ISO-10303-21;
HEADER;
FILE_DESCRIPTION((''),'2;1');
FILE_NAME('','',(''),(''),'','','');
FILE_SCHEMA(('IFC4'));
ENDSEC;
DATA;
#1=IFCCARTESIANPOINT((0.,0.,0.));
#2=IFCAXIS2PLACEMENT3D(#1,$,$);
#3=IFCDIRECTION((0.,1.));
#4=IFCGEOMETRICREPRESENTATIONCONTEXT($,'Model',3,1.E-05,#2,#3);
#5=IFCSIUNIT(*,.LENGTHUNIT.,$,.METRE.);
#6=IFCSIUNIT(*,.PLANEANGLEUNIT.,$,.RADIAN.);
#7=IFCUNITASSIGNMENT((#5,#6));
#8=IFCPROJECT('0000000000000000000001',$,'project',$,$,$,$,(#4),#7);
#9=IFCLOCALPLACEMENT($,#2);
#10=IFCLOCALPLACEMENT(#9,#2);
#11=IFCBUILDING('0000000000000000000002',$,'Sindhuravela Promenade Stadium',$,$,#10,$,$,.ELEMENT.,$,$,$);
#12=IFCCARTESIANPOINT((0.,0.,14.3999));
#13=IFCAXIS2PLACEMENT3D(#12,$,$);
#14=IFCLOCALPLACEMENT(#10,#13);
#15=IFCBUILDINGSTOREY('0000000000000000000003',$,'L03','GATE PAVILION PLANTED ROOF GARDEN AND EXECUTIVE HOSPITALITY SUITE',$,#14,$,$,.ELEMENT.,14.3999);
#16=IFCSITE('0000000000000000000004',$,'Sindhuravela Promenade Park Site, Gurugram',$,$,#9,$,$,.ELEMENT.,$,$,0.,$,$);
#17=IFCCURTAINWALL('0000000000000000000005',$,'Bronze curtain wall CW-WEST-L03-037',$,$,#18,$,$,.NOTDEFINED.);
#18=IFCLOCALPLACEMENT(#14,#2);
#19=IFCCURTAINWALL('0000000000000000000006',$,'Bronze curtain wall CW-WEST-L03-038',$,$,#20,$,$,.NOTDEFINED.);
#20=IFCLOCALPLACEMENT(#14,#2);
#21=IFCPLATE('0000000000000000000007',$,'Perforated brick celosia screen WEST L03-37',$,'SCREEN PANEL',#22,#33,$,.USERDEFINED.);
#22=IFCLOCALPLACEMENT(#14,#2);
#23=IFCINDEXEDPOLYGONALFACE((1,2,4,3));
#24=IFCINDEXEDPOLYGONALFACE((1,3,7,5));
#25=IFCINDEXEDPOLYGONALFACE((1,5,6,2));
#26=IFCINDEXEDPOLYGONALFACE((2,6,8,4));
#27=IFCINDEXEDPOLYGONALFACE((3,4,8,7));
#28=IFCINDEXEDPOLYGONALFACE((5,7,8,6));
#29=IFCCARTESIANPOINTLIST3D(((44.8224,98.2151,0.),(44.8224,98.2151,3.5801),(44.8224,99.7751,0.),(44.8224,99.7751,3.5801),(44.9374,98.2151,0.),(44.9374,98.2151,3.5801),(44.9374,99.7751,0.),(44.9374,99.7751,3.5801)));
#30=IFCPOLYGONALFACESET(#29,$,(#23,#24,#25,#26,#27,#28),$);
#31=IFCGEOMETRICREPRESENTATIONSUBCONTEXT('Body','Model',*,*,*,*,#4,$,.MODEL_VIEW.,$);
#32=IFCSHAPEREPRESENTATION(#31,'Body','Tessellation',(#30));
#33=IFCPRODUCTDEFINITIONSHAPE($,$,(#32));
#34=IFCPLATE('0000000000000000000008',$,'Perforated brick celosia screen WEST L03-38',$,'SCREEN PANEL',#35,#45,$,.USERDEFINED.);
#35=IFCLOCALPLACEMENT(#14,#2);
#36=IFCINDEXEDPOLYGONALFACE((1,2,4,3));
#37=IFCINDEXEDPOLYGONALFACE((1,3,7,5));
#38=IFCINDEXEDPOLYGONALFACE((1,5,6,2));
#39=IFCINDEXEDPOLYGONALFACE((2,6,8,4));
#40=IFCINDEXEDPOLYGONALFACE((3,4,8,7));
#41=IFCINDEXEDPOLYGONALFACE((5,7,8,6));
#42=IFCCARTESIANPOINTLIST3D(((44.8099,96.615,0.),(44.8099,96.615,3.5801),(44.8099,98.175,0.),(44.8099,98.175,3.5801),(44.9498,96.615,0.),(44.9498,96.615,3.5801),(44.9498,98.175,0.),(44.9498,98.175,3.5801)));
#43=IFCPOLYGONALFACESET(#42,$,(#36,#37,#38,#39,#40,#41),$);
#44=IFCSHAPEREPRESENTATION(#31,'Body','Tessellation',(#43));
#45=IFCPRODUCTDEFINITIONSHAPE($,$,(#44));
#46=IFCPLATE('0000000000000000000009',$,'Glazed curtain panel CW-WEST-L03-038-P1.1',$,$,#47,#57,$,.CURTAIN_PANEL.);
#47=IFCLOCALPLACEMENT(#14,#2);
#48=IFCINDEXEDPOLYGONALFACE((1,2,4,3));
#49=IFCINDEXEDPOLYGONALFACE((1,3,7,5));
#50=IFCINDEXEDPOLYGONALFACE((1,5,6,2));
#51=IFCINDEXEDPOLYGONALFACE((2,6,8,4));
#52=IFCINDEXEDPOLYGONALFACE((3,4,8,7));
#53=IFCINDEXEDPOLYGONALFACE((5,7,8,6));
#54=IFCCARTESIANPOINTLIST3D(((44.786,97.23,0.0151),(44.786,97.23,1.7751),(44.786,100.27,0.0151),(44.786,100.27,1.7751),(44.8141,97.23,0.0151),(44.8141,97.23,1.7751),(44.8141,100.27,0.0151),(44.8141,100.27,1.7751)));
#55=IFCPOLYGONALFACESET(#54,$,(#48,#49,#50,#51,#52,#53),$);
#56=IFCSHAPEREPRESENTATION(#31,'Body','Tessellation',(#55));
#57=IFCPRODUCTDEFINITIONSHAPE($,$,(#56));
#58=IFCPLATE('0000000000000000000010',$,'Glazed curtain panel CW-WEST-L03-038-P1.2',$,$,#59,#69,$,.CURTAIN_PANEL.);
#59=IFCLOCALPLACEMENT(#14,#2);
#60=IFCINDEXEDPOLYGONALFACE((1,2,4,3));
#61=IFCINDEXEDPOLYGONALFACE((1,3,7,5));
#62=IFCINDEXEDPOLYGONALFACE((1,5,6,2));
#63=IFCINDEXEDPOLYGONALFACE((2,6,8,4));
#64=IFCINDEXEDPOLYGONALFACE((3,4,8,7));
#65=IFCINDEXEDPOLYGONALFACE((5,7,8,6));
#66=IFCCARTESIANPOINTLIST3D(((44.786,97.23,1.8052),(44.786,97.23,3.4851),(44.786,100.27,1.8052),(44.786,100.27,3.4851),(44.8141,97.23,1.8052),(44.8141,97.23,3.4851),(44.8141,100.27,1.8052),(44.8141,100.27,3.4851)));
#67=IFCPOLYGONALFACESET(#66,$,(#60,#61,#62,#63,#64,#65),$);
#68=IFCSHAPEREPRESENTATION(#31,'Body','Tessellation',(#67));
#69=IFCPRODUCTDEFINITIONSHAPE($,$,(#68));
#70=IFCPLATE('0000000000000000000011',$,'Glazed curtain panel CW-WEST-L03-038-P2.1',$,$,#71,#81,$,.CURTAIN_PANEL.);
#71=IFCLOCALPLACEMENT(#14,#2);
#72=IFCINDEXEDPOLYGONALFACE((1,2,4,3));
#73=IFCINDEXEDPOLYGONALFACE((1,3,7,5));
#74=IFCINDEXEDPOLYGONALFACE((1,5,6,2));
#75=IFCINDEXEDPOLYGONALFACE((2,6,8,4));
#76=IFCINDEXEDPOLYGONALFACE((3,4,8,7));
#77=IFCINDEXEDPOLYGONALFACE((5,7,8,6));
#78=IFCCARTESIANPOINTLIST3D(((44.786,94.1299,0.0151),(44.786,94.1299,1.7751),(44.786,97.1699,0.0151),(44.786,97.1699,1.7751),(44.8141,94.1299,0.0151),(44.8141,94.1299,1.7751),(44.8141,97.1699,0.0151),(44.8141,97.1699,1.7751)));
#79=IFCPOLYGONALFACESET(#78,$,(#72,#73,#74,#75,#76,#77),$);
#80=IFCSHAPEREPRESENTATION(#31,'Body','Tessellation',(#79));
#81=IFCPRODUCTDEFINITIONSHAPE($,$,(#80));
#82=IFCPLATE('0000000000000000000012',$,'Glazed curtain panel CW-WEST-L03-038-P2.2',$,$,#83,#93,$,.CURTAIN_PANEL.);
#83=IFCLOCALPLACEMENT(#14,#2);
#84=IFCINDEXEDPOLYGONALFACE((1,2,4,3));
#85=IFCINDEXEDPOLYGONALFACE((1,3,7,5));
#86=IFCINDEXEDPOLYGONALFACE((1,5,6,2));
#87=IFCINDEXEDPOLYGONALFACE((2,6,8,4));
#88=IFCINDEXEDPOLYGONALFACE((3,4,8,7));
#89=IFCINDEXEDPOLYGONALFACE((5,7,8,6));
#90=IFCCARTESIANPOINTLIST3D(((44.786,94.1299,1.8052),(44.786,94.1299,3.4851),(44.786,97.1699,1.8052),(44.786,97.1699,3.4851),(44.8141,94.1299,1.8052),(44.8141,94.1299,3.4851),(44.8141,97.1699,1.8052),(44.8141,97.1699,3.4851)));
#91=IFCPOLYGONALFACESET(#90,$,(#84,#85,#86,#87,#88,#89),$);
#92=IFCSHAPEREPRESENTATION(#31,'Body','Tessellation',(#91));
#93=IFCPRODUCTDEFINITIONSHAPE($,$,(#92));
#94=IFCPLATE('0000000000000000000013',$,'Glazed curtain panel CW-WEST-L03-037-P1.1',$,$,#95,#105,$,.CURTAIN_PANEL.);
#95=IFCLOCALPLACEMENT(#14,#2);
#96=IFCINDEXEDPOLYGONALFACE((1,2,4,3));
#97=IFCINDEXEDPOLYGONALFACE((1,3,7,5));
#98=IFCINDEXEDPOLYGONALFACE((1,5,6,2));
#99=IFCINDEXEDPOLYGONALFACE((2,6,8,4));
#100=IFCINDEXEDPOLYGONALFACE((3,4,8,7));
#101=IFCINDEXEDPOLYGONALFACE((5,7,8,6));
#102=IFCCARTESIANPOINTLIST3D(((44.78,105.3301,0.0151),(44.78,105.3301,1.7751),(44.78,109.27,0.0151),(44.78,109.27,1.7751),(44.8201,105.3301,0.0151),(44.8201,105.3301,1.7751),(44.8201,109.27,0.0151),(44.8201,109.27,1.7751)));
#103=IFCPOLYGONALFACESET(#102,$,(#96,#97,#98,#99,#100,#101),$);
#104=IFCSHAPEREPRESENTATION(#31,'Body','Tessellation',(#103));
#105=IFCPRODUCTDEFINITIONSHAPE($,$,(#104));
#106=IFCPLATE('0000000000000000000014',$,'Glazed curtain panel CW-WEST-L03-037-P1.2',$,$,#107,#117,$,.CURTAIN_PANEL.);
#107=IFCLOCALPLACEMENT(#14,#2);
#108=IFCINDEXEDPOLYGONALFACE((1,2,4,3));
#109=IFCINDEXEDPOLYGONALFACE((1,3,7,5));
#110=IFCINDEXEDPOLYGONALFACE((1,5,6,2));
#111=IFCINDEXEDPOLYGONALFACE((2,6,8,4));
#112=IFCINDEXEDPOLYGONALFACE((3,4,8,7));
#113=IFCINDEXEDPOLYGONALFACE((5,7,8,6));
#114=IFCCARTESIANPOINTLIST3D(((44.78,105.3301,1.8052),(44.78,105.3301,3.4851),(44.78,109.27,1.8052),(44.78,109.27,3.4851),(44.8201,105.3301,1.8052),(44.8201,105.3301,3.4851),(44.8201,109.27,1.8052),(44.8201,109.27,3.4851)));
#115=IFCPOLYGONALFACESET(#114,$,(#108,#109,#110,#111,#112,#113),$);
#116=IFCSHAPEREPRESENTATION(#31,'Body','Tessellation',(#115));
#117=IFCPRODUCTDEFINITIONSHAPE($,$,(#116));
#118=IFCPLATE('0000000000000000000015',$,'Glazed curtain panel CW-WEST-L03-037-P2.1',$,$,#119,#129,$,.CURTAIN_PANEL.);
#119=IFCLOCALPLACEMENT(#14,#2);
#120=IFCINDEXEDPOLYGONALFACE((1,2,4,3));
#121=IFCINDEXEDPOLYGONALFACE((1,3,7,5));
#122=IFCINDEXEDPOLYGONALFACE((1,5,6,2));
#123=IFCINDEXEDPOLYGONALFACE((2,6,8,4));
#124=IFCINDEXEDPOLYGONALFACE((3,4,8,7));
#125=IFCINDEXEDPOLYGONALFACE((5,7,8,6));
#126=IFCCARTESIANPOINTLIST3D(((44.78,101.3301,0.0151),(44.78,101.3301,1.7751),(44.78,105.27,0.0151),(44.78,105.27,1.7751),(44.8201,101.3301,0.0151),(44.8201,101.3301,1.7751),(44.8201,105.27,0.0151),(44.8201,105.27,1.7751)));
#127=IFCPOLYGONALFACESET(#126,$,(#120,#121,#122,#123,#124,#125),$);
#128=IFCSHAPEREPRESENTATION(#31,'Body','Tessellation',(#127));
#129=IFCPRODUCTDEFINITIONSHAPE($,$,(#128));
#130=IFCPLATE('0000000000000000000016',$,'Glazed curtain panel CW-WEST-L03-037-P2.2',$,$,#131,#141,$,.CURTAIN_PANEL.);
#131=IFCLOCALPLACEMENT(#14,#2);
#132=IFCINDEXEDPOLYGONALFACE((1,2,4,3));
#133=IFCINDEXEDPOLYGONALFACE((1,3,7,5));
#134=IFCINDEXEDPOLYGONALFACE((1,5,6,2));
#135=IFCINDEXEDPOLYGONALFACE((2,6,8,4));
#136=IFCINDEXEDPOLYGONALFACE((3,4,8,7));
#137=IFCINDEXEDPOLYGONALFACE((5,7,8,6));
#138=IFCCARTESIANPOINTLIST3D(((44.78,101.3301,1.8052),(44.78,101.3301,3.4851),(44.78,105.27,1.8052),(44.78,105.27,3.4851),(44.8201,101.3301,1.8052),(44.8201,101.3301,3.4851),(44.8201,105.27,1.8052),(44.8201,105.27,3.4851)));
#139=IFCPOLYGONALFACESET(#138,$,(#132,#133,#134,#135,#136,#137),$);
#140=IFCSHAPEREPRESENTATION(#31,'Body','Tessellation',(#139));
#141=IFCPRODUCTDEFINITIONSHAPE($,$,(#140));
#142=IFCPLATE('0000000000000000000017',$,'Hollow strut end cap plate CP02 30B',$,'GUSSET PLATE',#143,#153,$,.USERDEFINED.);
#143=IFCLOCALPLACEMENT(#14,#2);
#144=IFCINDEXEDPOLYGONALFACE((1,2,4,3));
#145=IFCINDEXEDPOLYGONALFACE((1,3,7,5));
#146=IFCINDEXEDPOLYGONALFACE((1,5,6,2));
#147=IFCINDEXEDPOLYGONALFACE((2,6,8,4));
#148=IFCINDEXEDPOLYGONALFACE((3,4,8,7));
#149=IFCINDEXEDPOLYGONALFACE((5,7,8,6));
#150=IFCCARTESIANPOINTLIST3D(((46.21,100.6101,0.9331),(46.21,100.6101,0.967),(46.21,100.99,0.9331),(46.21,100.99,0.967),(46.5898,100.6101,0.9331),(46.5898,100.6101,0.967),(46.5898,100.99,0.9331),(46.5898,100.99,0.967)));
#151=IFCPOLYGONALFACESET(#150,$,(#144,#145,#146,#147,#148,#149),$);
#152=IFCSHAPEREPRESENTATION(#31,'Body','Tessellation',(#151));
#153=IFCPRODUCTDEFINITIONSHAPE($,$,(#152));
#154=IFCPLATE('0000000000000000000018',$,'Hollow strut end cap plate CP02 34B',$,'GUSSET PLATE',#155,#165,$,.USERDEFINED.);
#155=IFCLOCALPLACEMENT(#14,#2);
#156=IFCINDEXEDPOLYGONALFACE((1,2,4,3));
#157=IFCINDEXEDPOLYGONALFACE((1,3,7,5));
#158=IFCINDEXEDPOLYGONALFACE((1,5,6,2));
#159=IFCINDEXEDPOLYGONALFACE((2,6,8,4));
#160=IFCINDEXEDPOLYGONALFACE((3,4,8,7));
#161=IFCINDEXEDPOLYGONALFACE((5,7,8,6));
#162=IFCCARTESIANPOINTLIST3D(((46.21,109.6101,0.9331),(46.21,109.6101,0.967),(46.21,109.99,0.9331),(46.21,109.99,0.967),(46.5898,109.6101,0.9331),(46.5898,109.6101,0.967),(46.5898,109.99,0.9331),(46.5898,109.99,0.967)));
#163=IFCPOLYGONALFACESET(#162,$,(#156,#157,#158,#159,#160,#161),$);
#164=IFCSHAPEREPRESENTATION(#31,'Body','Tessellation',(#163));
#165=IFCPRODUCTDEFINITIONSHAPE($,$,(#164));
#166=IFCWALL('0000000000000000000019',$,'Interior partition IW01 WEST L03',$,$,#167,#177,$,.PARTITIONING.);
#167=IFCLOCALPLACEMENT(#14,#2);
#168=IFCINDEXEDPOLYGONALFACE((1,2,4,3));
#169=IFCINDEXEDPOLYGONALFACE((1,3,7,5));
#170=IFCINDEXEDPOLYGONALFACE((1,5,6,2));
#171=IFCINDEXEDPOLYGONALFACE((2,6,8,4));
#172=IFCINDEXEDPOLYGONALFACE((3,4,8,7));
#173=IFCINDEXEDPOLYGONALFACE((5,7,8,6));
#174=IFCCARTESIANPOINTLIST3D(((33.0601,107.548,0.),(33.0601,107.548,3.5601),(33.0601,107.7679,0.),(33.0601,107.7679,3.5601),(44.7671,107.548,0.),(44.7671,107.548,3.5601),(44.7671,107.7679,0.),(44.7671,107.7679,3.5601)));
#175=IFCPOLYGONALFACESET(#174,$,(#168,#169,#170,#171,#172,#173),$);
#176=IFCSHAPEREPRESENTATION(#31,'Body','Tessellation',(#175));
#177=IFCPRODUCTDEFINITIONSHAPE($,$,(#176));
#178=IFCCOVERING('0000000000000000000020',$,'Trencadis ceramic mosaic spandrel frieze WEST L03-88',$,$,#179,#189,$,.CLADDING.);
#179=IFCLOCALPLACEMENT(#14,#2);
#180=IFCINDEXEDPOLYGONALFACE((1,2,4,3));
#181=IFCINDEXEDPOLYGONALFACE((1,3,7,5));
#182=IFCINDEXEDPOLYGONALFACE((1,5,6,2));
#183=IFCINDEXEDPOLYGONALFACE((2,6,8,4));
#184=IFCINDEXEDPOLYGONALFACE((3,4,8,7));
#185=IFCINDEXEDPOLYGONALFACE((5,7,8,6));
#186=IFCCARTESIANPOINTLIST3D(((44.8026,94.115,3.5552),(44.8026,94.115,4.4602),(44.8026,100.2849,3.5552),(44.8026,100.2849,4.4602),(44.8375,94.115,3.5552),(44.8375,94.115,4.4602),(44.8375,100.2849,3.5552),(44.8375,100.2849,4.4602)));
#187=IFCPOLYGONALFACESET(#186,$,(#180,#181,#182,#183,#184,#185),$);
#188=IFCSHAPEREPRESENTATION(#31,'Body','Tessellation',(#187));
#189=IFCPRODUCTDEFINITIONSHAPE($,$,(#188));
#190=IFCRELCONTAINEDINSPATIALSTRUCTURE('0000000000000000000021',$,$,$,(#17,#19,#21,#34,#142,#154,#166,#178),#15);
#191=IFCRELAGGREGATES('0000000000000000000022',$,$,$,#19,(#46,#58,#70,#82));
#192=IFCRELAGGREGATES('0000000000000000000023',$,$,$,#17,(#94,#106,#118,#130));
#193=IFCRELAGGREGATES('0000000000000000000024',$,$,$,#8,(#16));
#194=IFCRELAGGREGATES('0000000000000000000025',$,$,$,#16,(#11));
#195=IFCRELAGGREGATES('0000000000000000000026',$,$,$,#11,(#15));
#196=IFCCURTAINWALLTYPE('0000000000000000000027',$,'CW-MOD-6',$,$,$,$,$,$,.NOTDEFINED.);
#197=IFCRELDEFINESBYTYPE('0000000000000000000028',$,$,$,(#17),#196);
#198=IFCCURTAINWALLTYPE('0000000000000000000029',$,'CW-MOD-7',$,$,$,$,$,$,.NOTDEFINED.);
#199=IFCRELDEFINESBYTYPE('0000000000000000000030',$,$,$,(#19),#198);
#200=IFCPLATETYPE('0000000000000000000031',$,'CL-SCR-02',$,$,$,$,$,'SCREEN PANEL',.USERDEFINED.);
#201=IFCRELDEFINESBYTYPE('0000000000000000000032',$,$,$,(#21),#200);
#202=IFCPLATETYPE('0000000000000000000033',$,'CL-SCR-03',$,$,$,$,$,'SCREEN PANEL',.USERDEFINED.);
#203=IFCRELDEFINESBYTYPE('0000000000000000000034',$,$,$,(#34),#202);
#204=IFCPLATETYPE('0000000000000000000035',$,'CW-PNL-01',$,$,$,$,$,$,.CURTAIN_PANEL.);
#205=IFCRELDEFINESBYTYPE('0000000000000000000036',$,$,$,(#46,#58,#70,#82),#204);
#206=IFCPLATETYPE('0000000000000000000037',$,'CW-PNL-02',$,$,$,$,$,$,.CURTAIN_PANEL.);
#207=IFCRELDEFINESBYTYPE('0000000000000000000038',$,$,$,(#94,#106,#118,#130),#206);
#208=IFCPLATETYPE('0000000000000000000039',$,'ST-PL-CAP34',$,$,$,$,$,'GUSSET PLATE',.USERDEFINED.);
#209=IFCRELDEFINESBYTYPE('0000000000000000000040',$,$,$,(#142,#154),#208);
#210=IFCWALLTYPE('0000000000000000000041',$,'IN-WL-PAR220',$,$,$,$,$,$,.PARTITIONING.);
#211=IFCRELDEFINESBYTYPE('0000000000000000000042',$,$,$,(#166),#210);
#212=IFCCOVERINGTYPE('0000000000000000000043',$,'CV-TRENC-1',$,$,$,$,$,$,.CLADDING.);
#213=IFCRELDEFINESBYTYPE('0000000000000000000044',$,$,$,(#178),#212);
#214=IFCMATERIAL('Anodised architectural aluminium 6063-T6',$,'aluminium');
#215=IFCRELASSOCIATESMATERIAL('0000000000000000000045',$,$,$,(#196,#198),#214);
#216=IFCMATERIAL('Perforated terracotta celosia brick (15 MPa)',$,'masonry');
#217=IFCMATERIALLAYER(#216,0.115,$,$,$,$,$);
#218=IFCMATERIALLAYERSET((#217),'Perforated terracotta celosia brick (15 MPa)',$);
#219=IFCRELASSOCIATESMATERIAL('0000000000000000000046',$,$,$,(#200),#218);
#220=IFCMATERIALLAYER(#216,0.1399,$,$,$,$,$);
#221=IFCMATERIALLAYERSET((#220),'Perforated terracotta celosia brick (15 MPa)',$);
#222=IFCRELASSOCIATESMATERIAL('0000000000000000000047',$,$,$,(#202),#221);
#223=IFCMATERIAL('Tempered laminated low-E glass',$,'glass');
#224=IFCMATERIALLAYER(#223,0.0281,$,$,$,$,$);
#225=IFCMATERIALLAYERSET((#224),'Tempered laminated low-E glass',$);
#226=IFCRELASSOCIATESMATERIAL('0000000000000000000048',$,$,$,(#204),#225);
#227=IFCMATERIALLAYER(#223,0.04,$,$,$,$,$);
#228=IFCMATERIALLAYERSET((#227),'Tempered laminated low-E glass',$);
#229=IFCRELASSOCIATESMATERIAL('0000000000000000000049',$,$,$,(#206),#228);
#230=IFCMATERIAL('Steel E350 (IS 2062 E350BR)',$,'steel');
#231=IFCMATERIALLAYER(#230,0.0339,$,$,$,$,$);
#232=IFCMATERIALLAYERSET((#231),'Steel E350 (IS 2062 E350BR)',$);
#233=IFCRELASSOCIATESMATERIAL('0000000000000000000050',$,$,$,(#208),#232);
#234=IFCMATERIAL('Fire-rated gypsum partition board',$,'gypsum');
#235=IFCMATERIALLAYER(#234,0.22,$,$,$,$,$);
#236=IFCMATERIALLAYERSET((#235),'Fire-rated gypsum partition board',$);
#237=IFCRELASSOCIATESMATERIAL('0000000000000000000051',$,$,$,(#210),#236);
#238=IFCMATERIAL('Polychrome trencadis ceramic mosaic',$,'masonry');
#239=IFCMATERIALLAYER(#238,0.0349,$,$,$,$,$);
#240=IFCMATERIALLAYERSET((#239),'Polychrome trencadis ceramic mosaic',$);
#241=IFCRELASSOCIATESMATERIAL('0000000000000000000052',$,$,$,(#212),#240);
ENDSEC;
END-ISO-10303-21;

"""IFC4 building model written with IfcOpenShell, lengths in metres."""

from ifc_helpers import new_model, si_unit, direction, frame, frame_2d, origin, origin_2d, place, context, subcontext, project, spatial, rectangle, extrude, material, layer, layer_set, type_object, element, aggregate, save


model = new_model("IFC4")

# Units and contexts
model_context = context("Model", 3, precision=1e-05, world=origin(), true_north=direction((0.0, 1.0)))
body_context = subcontext(model_context, "Body", "Model", "MODEL_VIEW")
ifc_project = project(units=[si_unit("LENGTHUNIT", "METRE"), si_unit("PLANEANGLEUNIT", "RADIAN")], contexts=[model_context])

# Site, building, storey
site_placement = place(None, origin())
site = spatial("IfcSite", under=ifc_project, at=site_placement, Name="Sindhuravela Promenade Park Site, Gurugram", CompositionType="ELEMENT", RefElevation=0.0)
building_placement = place(site_placement, origin())
building = spatial("IfcBuilding", under=site, at=building_placement, Name="Sindhuravela Promenade Stadium", CompositionType="ELEMENT")
storey_placement = place(building_placement, frame((0.0, 0.0, 14.3999)))
storey = spatial("IfcBuildingStorey", under=building, at=storey_placement, Name="L03", Description="GATE PAVILION PLANTED ROOF GARDEN AND EXECUTIVE HOSPITALITY SUITE", CompositionType="ELEMENT", Elevation=14.3999)

# Curtain walls
ifc_material_1 = material(Name="Anodised architectural aluminium 6063-T6", Category="aluminium")
curtain_wall_type_1 = type_object("IfcCurtainWallType", Name="CW-MOD-6", PredefinedType="NOTDEFINED", material=ifc_material_1)
curtain_wall_1_placement = place(storey_placement, origin())
curtain_wall_1 = element("IfcCurtainWall", 1, at=curtain_wall_1_placement, inside=storey, type_object=curtain_wall_type_1, Name="Bronze curtain wall CW-WEST-L03-037", PredefinedType="NOTDEFINED")
curtain_wall_type_2 = type_object("IfcCurtainWallType", Name="CW-MOD-7", PredefinedType="NOTDEFINED", material=ifc_material_1)
curtain_wall_2_placement = place(storey_placement, origin())
curtain_wall_2 = element("IfcCurtainWall", 2, at=curtain_wall_2_placement, inside=storey, type_object=curtain_wall_type_2, Name="Bronze curtain wall CW-WEST-L03-038", PredefinedType="NOTDEFINED")

# Plates
ifc_material_2 = material(Name="Perforated terracotta celosia brick (15 MPa)", Category="masonry")
ifc_layer_1 = layer(ifc_material_2, 0.115)
ifc_layer_set_1 = layer_set([ifc_layer_1], Name="Perforated terracotta celosia brick (15 MPa)")
plate_type_1 = type_object("IfcPlateType", Name="CL-SCR-02", ElementType="SCREEN PANEL", PredefinedType="USERDEFINED", material=ifc_layer_set_1)
plate_1_placement = place(storey_placement, frame((44.8799, 98.9951, 0.0), z_axis=(0.0, 0.0, 1.0), x_axis=(0.0, -1.0, 0.0)))
element("IfcPlate", 3, at=plate_1_placement, inside=storey, type_object=plate_type_1, Name="Perforated brick celosia screen WEST L03-37", ObjectType="SCREEN PANEL", PredefinedType="USERDEFINED", context=body_context, shape_type="SweptSolid", body=[
    extrude(rectangle(XDim=1.5601, YDim=0.115, at=origin_2d()), origin(), (0.0, 0.0, 1.0), 3.5801),
])
ifc_layer_2 = layer(ifc_material_2, 0.1399)
ifc_layer_set_2 = layer_set([ifc_layer_2], Name="Perforated terracotta celosia brick (15 MPa)")
plate_type_2 = type_object("IfcPlateType", Name="CL-SCR-03", ElementType="SCREEN PANEL", PredefinedType="USERDEFINED", material=ifc_layer_set_2)
plate_2_placement = place(storey_placement, frame((44.8799, 97.395, 0.0), z_axis=(0.0, 0.0, 1.0), x_axis=(0.0, -1.0, 0.0)))
element("IfcPlate", 4, at=plate_2_placement, inside=storey, type_object=plate_type_2, Name="Perforated brick celosia screen WEST L03-38", ObjectType="SCREEN PANEL", PredefinedType="USERDEFINED", context=body_context, shape_type="SweptSolid", body=[
    extrude(rectangle(XDim=1.5601, YDim=0.1399, at=origin_2d()), origin(), (0.0, 0.0, 1.0), 3.5801),
])

# Plates
ifc_material_3 = material(Name="Tempered laminated low-E glass", Category="glass")
ifc_layer_3 = layer(ifc_material_3, 0.0281)
ifc_layer_set_3 = layer_set([ifc_layer_3], Name="Tempered laminated low-E glass")
plate_type_3 = type_object("IfcPlateType", Name="CW-PNL-01", PredefinedType="CURTAIN_PANEL", material=ifc_layer_set_3)
plate_3_placement = place(storey_placement, frame((44.8, 98.75, 0.0151), z_axis=(0.0, 0.0, 1.0), x_axis=(0.0, -1.0, 0.0)))
plate_3 = element("IfcPlate", 5, at=plate_3_placement, type_object=plate_type_3, Name="Glazed curtain panel CW-WEST-L03-038-P1.1", PredefinedType="CURTAIN_PANEL", context=body_context, shape_type="SweptSolid", body=[
    extrude(rectangle(XDim=3.04, YDim=0.0281, at=origin_2d()), origin(), (0.0, 0.0, 1.0), 1.76),
])
plate_4_placement = place(storey_placement, frame((44.8, 98.75, 1.8052), z_axis=(0.0, 0.0, 1.0), x_axis=(0.0, -1.0, 0.0)))
plate_4 = element("IfcPlate", 6, at=plate_4_placement, type_object=plate_type_3, Name="Glazed curtain panel CW-WEST-L03-038-P1.2", PredefinedType="CURTAIN_PANEL", context=body_context, shape_type="SweptSolid", body=[
    extrude(rectangle(XDim=3.04, YDim=0.0281, at=origin_2d()), origin(), (0.0, 0.0, 1.0), 1.6799),
])
plate_5_placement = place(storey_placement, frame((44.8, 95.6499, 0.0151), z_axis=(0.0, 0.0, 1.0), x_axis=(0.0, -1.0, 0.0)))
plate_5 = element("IfcPlate", 7, at=plate_5_placement, type_object=plate_type_3, Name="Glazed curtain panel CW-WEST-L03-038-P2.1", PredefinedType="CURTAIN_PANEL", context=body_context, shape_type="SweptSolid", body=[
    extrude(rectangle(XDim=3.04, YDim=0.0281, at=origin_2d()), origin(), (0.0, 0.0, 1.0), 1.76),
])
plate_6_placement = place(storey_placement, frame((44.8, 95.6499, 1.8052), z_axis=(0.0, 0.0, 1.0), x_axis=(0.0, -1.0, 0.0)))
plate_6 = element("IfcPlate", 8, at=plate_6_placement, type_object=plate_type_3, Name="Glazed curtain panel CW-WEST-L03-038-P2.2", PredefinedType="CURTAIN_PANEL", context=body_context, shape_type="SweptSolid", body=[
    extrude(rectangle(XDim=3.04, YDim=0.0281, at=origin_2d()), origin(), (0.0, 0.0, 1.0), 1.6799),
])
aggregate(curtain_wall_2, [plate_3, plate_4, plate_5, plate_6])
ifc_layer_4 = layer(ifc_material_3, 0.04)
ifc_layer_set_4 = layer_set([ifc_layer_4], Name="Tempered laminated low-E glass")
plate_type_4 = type_object("IfcPlateType", Name="CW-PNL-02", PredefinedType="CURTAIN_PANEL", material=ifc_layer_set_4)
plate_7_placement = place(storey_placement, frame((44.8, 107.3, 0.0151), z_axis=(0.0, 0.0, 1.0), x_axis=(0.0, -1.0, 0.0)))
plate_7 = element("IfcPlate", 9, at=plate_7_placement, type_object=plate_type_4, Name="Glazed curtain panel CW-WEST-L03-037-P1.1", PredefinedType="CURTAIN_PANEL", context=body_context, shape_type="SweptSolid", body=[
    extrude(rectangle(XDim=3.9399, YDim=0.04, at=origin_2d()), origin(), (0.0, 0.0, 1.0), 1.76),
])
plate_8_placement = place(storey_placement, frame((44.8, 107.3, 1.8052), z_axis=(0.0, 0.0, 1.0), x_axis=(0.0, -1.0, 0.0)))
plate_8 = element("IfcPlate", 10, at=plate_8_placement, type_object=plate_type_4, Name="Glazed curtain panel CW-WEST-L03-037-P1.2", PredefinedType="CURTAIN_PANEL", context=body_context, shape_type="SweptSolid", body=[
    extrude(rectangle(XDim=3.9399, YDim=0.04, at=origin_2d()), origin(), (0.0, 0.0, 1.0), 1.6799),
])
plate_9_placement = place(storey_placement, frame((44.8, 103.3, 0.0151), z_axis=(0.0, 0.0, 1.0), x_axis=(0.0, -1.0, 0.0)))
plate_9 = element("IfcPlate", 11, at=plate_9_placement, type_object=plate_type_4, Name="Glazed curtain panel CW-WEST-L03-037-P2.1", PredefinedType="CURTAIN_PANEL", context=body_context, shape_type="SweptSolid", body=[
    extrude(rectangle(XDim=3.9399, YDim=0.04, at=origin_2d()), origin(), (0.0, 0.0, 1.0), 1.76),
])
plate_10_placement = place(storey_placement, frame((44.8, 103.3, 1.8052), z_axis=(0.0, 0.0, 1.0), x_axis=(0.0, -1.0, 0.0)))
plate_10 = element("IfcPlate", 12, at=plate_10_placement, type_object=plate_type_4, Name="Glazed curtain panel CW-WEST-L03-037-P2.2", PredefinedType="CURTAIN_PANEL", context=body_context, shape_type="SweptSolid", body=[
    extrude(rectangle(XDim=3.9399, YDim=0.04, at=origin_2d()), origin(), (0.0, 0.0, 1.0), 1.6799),
])
aggregate(curtain_wall_1, [plate_7, plate_8, plate_9, plate_10])

# Plates
ifc_material_4 = material(Name="Steel E350 (IS 2062 E350BR)", Category="steel")
ifc_layer_5 = layer(ifc_material_4, 0.0339)
ifc_layer_set_5 = layer_set([ifc_layer_5], Name="Steel E350 (IS 2062 E350BR)")
plate_type_5 = type_object("IfcPlateType", Name="ST-PL-CAP34", ElementType="GUSSET PLATE", PredefinedType="USERDEFINED", material=ifc_layer_set_5)
for number, where, z_axis, x_axis, name in (
    (13, (46.3999, 100.8, 0.9331), (0.0, 0.0, 1.0), (1.0, 0.0, 0.0), "Hollow strut end cap plate CP02 30B"),
    (14, (46.3999, 109.8, 0.9331), (0.0, 0.0, 1.0), (1.0, 0.0, 0.0), "Hollow strut end cap plate CP02 34B"),
):
    element("IfcPlate", number, at=place(storey_placement, frame(where, z_axis=z_axis, x_axis=x_axis)), inside=storey, type_object=plate_type_5, Name=name, ObjectType="GUSSET PLATE", PredefinedType="USERDEFINED", context=body_context, shape_type="SweptSolid", body=[
        extrude(rectangle(XDim=0.3799, YDim=0.3799, at=origin_2d()), origin(), (0.0, 0.0, 1.0), 0.0339),
    ])

# Wall
ifc_material_5 = material(Name="Fire-rated gypsum partition board", Category="gypsum")
ifc_layer_6 = layer(ifc_material_5, 0.22)
ifc_layer_set_6 = layer_set([ifc_layer_6], Name="Fire-rated gypsum partition board")
wall_type = type_object("IfcWallType", Name="IN-WL-PAR220", PredefinedType="PARTITIONING", material=ifc_layer_set_6)
wall_placement = place(storey_placement, frame((44.7671, 107.658, 0.0), z_axis=(0.0, 0.0, 1.0), x_axis=(-1.0, 0.0, 0.0)))
element("IfcWall", 15, at=wall_placement, inside=storey, type_object=wall_type, Name="Interior partition IW01 WEST L03", PredefinedType="PARTITIONING", context=body_context, shape_type="SweptSolid", body=[
    extrude(rectangle(XDim=11.707, YDim=0.22, at=frame_2d((5.8535, 0.0))), origin(), (0.0, 0.0, 1.0), 3.5601),
])

# Covering
ifc_material_6 = material(Name="Polychrome trencadis ceramic mosaic", Category="masonry")
ifc_layer_7 = layer(ifc_material_6, 0.0349)
ifc_layer_set_7 = layer_set([ifc_layer_7], Name="Polychrome trencadis ceramic mosaic")
covering_type_1 = type_object("IfcCoveringType", Name="CV-TRENC-1", PredefinedType="CLADDING", material=ifc_layer_set_7)
covering_1_placement = place(storey_placement, frame((44.8201, 97.2, 3.5552), z_axis=(0.0, 0.0, 1.0), x_axis=(0.0, -1.0, 0.0)))
element("IfcCovering", 16, at=covering_1_placement, inside=storey, type_object=covering_type_1, Name="Trencadis ceramic mosaic spandrel frieze WEST L03-88", PredefinedType="CLADDING", context=body_context, shape_type="SweptSolid", body=[
    extrude(rectangle(XDim=6.1699, YDim=0.0349, at=origin_2d()), origin(), (0.0, 0.0, 1.0), 0.905),
])

save(model, "model.ifc")
